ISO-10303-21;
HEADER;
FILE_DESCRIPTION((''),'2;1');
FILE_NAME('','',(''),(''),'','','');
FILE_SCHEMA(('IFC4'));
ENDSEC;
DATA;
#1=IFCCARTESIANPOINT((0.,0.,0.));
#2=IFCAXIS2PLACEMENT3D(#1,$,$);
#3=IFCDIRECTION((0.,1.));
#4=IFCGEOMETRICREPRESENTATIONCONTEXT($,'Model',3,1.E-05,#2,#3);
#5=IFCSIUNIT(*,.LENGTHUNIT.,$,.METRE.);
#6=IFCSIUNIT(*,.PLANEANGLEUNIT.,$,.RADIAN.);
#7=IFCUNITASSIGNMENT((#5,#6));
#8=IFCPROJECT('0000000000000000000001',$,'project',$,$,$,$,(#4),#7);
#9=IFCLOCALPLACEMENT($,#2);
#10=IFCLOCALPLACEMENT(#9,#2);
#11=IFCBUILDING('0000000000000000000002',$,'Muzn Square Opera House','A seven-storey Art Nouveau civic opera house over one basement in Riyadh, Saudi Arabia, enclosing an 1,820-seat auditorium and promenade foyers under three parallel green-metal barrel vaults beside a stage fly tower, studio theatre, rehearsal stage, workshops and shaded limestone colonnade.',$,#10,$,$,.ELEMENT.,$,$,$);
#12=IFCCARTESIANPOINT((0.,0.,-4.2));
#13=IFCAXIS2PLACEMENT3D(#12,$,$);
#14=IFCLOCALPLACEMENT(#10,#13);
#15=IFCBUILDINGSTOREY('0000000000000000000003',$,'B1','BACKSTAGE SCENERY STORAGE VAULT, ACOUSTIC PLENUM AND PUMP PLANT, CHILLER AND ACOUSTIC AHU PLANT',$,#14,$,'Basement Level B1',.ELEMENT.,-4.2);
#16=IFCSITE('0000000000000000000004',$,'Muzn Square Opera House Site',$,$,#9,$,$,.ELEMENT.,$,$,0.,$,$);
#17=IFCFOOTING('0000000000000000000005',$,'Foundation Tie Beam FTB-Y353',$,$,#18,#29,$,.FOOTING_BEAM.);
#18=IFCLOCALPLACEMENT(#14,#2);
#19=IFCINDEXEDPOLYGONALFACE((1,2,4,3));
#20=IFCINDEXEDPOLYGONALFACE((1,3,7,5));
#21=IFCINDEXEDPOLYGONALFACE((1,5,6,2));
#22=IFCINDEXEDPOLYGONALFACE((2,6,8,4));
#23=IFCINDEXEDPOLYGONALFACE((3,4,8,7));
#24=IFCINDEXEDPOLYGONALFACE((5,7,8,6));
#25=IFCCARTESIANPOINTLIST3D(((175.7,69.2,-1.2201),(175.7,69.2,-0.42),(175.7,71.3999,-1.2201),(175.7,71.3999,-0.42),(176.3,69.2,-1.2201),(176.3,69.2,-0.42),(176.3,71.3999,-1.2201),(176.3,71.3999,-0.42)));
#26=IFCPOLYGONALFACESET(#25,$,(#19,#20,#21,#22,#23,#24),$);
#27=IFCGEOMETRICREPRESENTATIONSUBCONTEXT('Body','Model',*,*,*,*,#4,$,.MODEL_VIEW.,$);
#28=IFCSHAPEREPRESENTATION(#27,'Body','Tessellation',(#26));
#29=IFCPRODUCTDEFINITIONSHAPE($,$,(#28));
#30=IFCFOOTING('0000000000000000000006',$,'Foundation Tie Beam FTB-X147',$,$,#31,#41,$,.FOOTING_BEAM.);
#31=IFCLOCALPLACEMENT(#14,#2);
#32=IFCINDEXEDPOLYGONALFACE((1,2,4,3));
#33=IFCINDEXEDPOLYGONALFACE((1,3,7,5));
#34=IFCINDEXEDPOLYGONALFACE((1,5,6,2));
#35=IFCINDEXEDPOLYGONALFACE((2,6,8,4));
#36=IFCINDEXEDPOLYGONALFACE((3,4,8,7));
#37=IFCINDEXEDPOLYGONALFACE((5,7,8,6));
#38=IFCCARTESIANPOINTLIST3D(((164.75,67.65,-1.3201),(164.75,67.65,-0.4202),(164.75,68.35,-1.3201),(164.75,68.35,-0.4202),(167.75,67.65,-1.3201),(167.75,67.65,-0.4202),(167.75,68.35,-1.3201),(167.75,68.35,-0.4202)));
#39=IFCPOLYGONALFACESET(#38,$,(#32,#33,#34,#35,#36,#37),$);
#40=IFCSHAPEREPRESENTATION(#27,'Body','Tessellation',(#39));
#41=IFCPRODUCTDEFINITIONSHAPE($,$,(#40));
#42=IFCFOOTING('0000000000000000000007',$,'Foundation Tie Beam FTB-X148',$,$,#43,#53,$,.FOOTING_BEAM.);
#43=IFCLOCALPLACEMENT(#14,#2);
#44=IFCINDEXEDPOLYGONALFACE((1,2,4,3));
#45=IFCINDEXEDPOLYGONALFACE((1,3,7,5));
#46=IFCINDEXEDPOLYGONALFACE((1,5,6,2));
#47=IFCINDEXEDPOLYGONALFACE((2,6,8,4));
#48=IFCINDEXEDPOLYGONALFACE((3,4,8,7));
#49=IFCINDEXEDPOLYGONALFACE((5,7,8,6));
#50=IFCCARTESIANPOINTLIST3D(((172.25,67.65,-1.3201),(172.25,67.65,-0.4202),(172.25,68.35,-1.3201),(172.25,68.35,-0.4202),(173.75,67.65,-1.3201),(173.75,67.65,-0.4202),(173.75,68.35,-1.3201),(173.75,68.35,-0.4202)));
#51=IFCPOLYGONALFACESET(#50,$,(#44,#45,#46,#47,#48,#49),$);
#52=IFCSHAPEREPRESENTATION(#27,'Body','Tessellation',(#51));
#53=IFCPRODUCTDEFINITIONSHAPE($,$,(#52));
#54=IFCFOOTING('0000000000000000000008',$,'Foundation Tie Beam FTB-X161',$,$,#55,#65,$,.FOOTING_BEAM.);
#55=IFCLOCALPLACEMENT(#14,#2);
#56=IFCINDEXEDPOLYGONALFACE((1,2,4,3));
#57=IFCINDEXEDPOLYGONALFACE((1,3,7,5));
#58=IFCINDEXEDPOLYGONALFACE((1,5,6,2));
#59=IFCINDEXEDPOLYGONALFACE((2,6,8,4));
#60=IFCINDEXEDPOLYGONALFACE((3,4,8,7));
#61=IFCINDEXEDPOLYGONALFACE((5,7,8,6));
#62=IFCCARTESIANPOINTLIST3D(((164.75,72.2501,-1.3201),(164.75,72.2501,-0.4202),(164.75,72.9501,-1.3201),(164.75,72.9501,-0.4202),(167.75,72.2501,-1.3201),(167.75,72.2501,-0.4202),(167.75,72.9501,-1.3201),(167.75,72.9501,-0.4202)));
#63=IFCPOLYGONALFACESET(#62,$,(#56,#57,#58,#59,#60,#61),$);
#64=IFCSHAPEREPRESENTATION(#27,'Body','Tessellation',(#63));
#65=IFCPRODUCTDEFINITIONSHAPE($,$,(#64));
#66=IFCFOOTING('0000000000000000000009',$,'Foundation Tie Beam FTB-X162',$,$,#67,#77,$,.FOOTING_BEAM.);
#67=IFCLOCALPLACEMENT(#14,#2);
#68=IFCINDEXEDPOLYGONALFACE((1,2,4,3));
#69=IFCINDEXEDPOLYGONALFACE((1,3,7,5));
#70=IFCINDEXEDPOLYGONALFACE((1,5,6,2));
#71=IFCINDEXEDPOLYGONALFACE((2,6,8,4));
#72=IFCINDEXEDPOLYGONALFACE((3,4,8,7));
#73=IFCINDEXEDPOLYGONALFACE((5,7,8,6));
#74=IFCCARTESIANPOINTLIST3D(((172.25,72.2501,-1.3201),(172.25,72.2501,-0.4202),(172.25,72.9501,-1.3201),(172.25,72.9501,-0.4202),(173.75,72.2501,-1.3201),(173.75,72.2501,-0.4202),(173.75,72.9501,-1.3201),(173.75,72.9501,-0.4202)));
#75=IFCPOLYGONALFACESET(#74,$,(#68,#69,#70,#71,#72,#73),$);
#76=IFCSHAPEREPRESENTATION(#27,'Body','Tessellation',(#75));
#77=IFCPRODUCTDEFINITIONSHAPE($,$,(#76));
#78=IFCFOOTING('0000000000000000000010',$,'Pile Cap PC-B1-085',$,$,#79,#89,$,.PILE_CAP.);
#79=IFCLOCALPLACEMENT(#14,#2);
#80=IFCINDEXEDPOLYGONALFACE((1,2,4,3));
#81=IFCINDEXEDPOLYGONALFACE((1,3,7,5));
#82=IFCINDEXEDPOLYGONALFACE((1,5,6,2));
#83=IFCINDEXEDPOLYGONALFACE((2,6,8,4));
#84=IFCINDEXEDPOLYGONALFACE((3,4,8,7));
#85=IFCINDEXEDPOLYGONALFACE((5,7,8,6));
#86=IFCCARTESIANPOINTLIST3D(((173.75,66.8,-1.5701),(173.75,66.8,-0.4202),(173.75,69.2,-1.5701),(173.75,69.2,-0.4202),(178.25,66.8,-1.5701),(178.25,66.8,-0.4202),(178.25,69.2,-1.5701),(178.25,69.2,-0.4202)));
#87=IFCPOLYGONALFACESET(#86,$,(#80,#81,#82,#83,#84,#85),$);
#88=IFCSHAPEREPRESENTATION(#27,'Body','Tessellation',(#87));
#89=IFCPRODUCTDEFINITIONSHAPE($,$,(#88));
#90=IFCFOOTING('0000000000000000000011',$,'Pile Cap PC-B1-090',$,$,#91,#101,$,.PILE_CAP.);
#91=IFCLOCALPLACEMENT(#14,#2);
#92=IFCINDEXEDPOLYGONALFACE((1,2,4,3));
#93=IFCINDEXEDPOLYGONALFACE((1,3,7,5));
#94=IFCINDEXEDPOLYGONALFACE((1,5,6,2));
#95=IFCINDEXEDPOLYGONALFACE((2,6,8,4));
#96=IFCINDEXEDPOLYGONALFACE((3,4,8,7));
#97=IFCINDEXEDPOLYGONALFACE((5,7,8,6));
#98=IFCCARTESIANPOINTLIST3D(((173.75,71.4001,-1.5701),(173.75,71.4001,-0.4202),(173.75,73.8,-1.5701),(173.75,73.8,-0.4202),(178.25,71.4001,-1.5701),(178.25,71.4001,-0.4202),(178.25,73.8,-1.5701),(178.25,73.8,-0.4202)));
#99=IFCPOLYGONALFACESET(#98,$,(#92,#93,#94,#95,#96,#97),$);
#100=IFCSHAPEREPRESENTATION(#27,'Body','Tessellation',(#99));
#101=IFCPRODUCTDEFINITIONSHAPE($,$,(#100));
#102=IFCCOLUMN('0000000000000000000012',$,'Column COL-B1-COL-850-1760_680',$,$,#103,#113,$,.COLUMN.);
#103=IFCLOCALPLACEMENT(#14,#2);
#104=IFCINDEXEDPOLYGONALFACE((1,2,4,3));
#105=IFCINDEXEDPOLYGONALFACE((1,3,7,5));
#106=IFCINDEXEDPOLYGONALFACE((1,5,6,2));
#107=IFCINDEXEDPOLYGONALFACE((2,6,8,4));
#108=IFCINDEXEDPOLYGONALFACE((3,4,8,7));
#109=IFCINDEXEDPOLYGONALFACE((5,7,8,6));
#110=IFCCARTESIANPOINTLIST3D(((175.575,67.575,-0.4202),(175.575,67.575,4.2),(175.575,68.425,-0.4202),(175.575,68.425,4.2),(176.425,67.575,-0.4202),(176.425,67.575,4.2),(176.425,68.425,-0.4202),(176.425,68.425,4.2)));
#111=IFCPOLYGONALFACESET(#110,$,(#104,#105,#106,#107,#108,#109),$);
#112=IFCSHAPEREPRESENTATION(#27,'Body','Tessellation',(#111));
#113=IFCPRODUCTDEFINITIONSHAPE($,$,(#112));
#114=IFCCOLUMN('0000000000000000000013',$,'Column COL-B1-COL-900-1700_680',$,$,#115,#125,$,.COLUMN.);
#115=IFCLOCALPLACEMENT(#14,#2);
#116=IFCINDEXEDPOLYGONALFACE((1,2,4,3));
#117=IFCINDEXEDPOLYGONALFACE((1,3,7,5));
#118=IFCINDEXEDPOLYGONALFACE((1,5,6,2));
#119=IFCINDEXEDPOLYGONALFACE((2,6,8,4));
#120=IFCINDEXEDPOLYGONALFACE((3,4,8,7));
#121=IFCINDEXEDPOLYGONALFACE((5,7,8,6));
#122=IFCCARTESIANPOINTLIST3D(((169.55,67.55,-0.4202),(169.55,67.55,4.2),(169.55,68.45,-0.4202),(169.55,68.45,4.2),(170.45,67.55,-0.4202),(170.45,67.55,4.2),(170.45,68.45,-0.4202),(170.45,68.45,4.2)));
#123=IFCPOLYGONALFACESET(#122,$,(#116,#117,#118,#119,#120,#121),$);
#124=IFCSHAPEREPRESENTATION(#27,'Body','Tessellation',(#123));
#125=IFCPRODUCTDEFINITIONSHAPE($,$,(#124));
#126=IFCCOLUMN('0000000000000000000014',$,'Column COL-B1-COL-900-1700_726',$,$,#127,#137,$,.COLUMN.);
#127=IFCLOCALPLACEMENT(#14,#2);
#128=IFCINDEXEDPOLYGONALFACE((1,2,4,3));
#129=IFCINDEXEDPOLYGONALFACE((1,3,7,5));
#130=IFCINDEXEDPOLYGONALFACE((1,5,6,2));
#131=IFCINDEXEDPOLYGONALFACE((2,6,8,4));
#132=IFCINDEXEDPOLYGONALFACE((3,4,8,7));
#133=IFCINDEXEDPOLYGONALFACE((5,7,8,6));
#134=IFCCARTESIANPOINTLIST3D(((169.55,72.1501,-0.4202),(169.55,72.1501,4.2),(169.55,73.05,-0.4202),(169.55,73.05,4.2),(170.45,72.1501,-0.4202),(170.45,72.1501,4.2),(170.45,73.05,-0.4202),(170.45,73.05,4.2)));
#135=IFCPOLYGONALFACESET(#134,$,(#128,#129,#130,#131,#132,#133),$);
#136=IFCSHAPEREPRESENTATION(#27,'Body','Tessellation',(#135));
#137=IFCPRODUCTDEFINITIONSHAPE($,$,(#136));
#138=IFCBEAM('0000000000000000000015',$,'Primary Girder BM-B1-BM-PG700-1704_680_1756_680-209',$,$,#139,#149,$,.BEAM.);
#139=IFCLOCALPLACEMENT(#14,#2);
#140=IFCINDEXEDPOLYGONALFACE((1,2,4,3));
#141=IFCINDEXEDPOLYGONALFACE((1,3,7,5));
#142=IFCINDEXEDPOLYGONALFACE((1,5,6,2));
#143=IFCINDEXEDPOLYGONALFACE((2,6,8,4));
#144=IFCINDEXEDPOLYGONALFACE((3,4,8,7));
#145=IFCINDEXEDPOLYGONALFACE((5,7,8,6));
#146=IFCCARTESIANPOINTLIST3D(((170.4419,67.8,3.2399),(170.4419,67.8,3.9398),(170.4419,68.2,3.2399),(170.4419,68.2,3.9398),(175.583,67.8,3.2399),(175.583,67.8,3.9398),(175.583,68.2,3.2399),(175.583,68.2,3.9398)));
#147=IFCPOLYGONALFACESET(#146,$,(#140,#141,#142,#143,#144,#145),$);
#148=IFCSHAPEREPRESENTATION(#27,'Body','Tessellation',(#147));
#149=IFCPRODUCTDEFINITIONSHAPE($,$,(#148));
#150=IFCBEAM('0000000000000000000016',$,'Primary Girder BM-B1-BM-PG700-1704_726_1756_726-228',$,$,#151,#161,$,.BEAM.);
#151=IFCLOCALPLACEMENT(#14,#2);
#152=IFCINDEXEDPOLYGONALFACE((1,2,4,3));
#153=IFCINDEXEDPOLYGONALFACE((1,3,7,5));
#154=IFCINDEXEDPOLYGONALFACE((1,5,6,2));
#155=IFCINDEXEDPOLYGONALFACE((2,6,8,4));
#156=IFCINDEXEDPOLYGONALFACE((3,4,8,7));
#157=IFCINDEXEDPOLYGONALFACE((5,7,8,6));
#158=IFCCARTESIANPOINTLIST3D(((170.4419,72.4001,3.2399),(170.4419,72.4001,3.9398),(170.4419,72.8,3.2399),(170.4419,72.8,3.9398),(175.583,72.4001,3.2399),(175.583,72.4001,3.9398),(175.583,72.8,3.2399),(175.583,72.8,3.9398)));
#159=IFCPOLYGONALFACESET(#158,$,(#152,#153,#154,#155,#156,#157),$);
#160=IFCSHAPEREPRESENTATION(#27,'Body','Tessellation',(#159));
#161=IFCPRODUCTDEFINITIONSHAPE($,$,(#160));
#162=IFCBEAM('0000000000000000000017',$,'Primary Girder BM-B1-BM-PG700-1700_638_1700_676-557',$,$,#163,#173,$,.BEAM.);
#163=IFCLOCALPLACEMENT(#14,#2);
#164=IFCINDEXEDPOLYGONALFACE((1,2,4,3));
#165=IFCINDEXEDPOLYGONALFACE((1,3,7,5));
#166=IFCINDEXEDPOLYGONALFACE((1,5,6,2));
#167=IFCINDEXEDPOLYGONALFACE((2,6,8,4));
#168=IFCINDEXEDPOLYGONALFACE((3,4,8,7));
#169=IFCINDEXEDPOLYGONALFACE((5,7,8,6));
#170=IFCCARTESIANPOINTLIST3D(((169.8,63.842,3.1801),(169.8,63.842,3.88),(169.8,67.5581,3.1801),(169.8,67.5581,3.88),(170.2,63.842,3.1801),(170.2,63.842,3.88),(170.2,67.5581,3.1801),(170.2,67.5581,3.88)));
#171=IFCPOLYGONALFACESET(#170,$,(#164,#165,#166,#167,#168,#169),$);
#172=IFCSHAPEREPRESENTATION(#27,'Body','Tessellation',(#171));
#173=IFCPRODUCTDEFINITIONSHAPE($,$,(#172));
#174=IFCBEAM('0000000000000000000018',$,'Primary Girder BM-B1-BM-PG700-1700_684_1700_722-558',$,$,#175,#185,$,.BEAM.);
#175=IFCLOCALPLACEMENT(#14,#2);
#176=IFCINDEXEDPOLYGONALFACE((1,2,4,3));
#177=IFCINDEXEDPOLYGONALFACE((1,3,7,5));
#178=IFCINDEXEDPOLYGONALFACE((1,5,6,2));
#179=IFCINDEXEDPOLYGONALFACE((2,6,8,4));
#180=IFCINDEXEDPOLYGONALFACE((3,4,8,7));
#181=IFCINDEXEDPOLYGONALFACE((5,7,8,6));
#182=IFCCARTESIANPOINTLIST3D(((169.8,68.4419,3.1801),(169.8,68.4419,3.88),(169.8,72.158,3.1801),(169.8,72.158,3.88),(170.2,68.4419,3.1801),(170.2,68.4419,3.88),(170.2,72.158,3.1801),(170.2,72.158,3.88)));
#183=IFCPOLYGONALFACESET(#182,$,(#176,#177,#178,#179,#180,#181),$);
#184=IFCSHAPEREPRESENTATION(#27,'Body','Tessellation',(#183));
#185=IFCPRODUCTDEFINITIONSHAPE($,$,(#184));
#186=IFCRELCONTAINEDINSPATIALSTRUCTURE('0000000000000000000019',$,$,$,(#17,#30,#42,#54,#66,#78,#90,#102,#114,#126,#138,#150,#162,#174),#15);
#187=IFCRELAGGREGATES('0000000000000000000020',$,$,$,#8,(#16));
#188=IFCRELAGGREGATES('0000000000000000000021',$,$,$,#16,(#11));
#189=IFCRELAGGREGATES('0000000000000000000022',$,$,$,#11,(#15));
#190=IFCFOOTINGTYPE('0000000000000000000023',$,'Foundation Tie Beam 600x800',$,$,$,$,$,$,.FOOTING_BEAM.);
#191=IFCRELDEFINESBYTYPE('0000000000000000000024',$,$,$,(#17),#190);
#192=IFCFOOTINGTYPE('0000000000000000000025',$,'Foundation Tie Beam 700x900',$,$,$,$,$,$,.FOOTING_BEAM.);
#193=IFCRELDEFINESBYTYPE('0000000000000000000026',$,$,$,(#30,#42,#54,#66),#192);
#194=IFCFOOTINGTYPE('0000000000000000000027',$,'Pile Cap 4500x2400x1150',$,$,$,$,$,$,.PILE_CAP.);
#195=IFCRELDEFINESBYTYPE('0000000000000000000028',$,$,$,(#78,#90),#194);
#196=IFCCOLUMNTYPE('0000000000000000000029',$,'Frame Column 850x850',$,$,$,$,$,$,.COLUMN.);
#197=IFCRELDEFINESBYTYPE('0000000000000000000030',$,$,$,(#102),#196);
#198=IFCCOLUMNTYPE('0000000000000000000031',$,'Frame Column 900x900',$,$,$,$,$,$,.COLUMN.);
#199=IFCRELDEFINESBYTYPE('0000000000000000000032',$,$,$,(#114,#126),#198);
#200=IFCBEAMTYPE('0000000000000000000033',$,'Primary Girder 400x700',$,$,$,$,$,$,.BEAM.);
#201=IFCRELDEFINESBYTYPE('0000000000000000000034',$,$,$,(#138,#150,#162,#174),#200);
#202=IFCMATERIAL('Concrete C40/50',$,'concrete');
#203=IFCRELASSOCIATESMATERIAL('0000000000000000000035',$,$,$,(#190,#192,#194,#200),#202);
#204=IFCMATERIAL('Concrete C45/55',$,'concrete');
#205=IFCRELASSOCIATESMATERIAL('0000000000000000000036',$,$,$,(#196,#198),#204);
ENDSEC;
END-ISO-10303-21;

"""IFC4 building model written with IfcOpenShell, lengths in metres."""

from ifc_helpers import new_model, si_unit, direction, frame, origin, origin_2d, place, context, subcontext, project, spatial, rectangle, extrude, material, material_profile, profile_set, type_object, element, save


model = new_model("IFC4")

# Units and contexts
model_context = context("Model", 3, precision=1e-05, world=origin(), true_north=direction((0.0, 1.0)))
body_context = subcontext(model_context, "Body", "Model", "MODEL_VIEW")
ifc_project = project(units=[si_unit("LENGTHUNIT", "METRE"), si_unit("PLANEANGLEUNIT", "RADIAN")], contexts=[model_context])

# Site, building, storey
site_placement = place(None, origin())
site = spatial("IfcSite", under=ifc_project, at=site_placement, Name="Muzn Square Opera House Site", CompositionType="ELEMENT", RefElevation=0.0)
building_placement = place(site_placement, origin())
building = spatial("IfcBuilding", under=site, at=building_placement, Name="Muzn Square Opera House", Description="A seven-storey Art Nouveau civic opera house over one basement in Riyadh, Saudi Arabia, enclosing an 1,820-seat auditorium and promenade foyers under three parallel green-metal barrel vaults beside a stage fly tower, studio theatre, rehearsal stage, workshops and shaded limestone colonnade.", CompositionType="ELEMENT")
storey_placement = place(building_placement, frame((0.0, 0.0, -4.2)))
storey = spatial("IfcBuildingStorey", under=building, at=storey_placement, Name="B1", Description="BACKSTAGE SCENERY STORAGE VAULT, ACOUSTIC PLENUM AND PUMP PLANT, CHILLER AND ACOUSTIC AHU PLANT", LongName="Basement Level B1", CompositionType="ELEMENT", Elevation=-4.2)

# Shared definitions
ifc_material_1 = material(Name="Concrete C40/50", Category="concrete")

# Footings
ifc_material_profile_1 = material_profile(ifc_material_1, rectangle(XDim=0.6001, YDim=0.8, at=origin_2d()), Name="RCTB 600x800", Category="concrete")
ifc_profile_set_1 = profile_set([ifc_material_profile_1], Name="Concrete C40/50")
footing_type_1 = type_object("IfcFootingType", Name="Foundation Tie Beam 600x800", PredefinedType="FOOTING_BEAM", material=ifc_profile_set_1)
for number, where, z_axis, x_axis, name in (
    (1, (176.0, 69.2, -0.8201), (0.0, 1.0, 0.0), (-1.0, 0.0, 0.0), "Foundation Tie Beam FTB-Y353"),
):
    element("IfcFooting", number, at=place(storey_placement, frame(where, z_axis=z_axis, x_axis=x_axis)), inside=storey, type_object=footing_type_1, Name=name, PredefinedType="FOOTING_BEAM", context=body_context, shape_type="SweptSolid", body=[
        extrude(rectangle(XDim=0.6001, YDim=0.8, at=origin_2d()), origin(), (0.0, 0.0, 1.0), 2.2),
    ])
ifc_material_profile_2 = material_profile(ifc_material_1, rectangle(XDim=0.7, YDim=0.8999, at=origin_2d()), Name="RCTB 700x900", Category="concrete")
ifc_profile_set_2 = profile_set([ifc_material_profile_2], Name="Concrete C40/50")
footing_type_2 = type_object("IfcFootingType", Name="Foundation Tie Beam 700x900", PredefinedType="FOOTING_BEAM", material=ifc_profile_set_2)
footing_1_placement = place(storey_placement, frame((164.75, 68.0, -0.8701), z_axis=(1.0, 0.0, 0.0), x_axis=(0.0, 1.0, 0.0)))
element("IfcFooting", 2, at=footing_1_placement, inside=storey, type_object=footing_type_2, Name="Foundation Tie Beam FTB-X147", PredefinedType="FOOTING_BEAM", context=body_context, shape_type="SweptSolid", body=[
    extrude(rectangle(XDim=0.7, YDim=0.8999, at=origin_2d()), origin(), (0.0, 0.0, 1.0), 3.0),
])
footing_2_placement = place(storey_placement, frame((172.25, 68.0, -0.8701), z_axis=(1.0, 0.0, 0.0), x_axis=(0.0, 1.0, 0.0)))
element("IfcFooting", 3, at=footing_2_placement, inside=storey, type_object=footing_type_2, Name="Foundation Tie Beam FTB-X148", PredefinedType="FOOTING_BEAM", context=body_context, shape_type="SweptSolid", body=[
    extrude(rectangle(XDim=0.7, YDim=0.8999, at=origin_2d()), origin(), (0.0, 0.0, 1.0), 1.5),
])
footing_3_placement = place(storey_placement, frame((164.75, 72.6001, -0.8701), z_axis=(1.0, 0.0, 0.0), x_axis=(0.0, 1.0, 0.0)))
element("IfcFooting", 4, at=footing_3_placement, inside=storey, type_object=footing_type_2, Name="Foundation Tie Beam FTB-X161", PredefinedType="FOOTING_BEAM", context=body_context, shape_type="SweptSolid", body=[
    extrude(rectangle(XDim=0.7, YDim=0.8999, at=origin_2d()), origin(), (0.0, 0.0, 1.0), 3.0),
])
footing_4_placement = place(storey_placement, frame((172.25, 72.6001, -0.8701), z_axis=(1.0, 0.0, 0.0), x_axis=(0.0, 1.0, 0.0)))
element("IfcFooting", 5, at=footing_4_placement, inside=storey, type_object=footing_type_2, Name="Foundation Tie Beam FTB-X162", PredefinedType="FOOTING_BEAM", context=body_context, shape_type="SweptSolid", body=[
    extrude(rectangle(XDim=0.7, YDim=0.8999, at=origin_2d()), origin(), (0.0, 0.0, 1.0), 1.5),
])
footing_type_3 = type_object("IfcFootingType", Name="Pile Cap 4500x2400x1150", PredefinedType="PILE_CAP", material=ifc_material_1)
for number, where, z_axis, x_axis, name in (
    (6, (176.0, 68.0, -1.5701), (0.0, 0.0, 1.0), (1.0, 0.0, 0.0), "Pile Cap PC-B1-085"),
    (7, (176.0, 72.6001, -1.5701), (0.0, 0.0, 1.0), (1.0, 0.0, 0.0), "Pile Cap PC-B1-090"),
):
    element("IfcFooting", number, at=place(storey_placement, frame(where, z_axis=z_axis, x_axis=x_axis)), inside=storey, type_object=footing_type_3, Name=name, PredefinedType="PILE_CAP", context=body_context, shape_type="SweptSolid", body=[
        extrude(rectangle(XDim=4.5, YDim=2.3999, at=origin_2d()), origin(), (0.0, 0.0, 1.0), 1.1499),
    ])

# Columns
ifc_material_2 = material(Name="Concrete C45/55", Category="concrete")
ifc_material_profile_3 = material_profile(ifc_material_2, rectangle(XDim=0.8501, YDim=0.8501, at=origin_2d()), Name="RC 850x850", Category="concrete")
ifc_profile_set_3 = profile_set([ifc_material_profile_3], Name="Concrete C45/55")
column_type_1 = type_object("IfcColumnType", Name="Frame Column 850x850", PredefinedType="COLUMN", material=ifc_profile_set_3)
column_placement = place(storey_placement, frame((176.0, 68.0, -0.4202), z_axis=(0.0, 0.0, 1.0), x_axis=(1.0, 0.0, 0.0)))
element("IfcColumn", 8, at=column_placement, inside=storey, type_object=column_type_1, Name="Column COL-B1-COL-850-1760_680", PredefinedType="COLUMN", context=body_context, shape_type="SweptSolid", body=[
    extrude(rectangle(XDim=0.8501, YDim=0.8501, at=origin_2d()), origin(), (0.0, 0.0, 1.0), 4.6201),
])
ifc_material_profile_4 = material_profile(ifc_material_2, rectangle(XDim=0.8999, YDim=0.8999, at=origin_2d()), Name="RC 900x900", Category="concrete")
ifc_profile_set_4 = profile_set([ifc_material_profile_4], Name="Concrete C45/55")
column_type_2 = type_object("IfcColumnType", Name="Frame Column 900x900", PredefinedType="COLUMN", material=ifc_profile_set_4)
for number, where, z_axis, x_axis, name in (
    (9, (170.0, 68.0, -0.4202), (0.0, 0.0, 1.0), (1.0, 0.0, 0.0), "Column COL-B1-COL-900-1700_680"),
    (10, (170.0, 72.6001, -0.4202), (0.0, 0.0, 1.0), (1.0, 0.0, 0.0), "Column COL-B1-COL-900-1700_726"),
):
    element("IfcColumn", number, at=place(storey_placement, frame(where, z_axis=z_axis, x_axis=x_axis)), inside=storey, type_object=column_type_2, Name=name, PredefinedType="COLUMN", context=body_context, shape_type="SweptSolid", body=[
        extrude(rectangle(XDim=0.8999, YDim=0.8999, at=origin_2d()), origin(), (0.0, 0.0, 1.0), 4.6201),
    ])

# Beams
ifc_material_profile_5 = material_profile(ifc_material_1, rectangle(XDim=0.3999, YDim=0.7, at=origin_2d()), Name="RCB 400x700", Category="concrete")
ifc_profile_set_5 = profile_set([ifc_material_profile_5], Name="Concrete C40/50")
beam_type_1 = type_object("IfcBeamType", Name="Primary Girder 400x700", PredefinedType="BEAM", material=ifc_profile_set_5)
for number, where, z_axis, x_axis, name in (
    (11, (170.4419, 68.0, 3.5898), (1.0, 0.0, 0.0), (0.0, 1.0, 0.0), "Primary Girder BM-B1-BM-PG700-1704_680_1756_680-209"),
    (12, (170.4419, 72.6001, 3.5898), (1.0, 0.0, 0.0), (0.0, 1.0, 0.0), "Primary Girder BM-B1-BM-PG700-1704_726_1756_726-228"),
):
    element("IfcBeam", number, at=place(storey_placement, frame(where, z_axis=z_axis, x_axis=x_axis)), inside=storey, type_object=beam_type_1, Name=name, PredefinedType="BEAM", context=body_context, shape_type="SweptSolid", body=[
        extrude(rectangle(XDim=0.3999, YDim=0.7, at=origin_2d()), origin(), (0.0, 0.0, 1.0), 5.1411),
    ])
for number, where, z_axis, x_axis, name in (
    (13, (170.0, 63.842, 3.53), (0.0, 1.0, 0.0), (-1.0, 0.0, 0.0), "Primary Girder BM-B1-BM-PG700-1700_638_1700_676-557"),
    (14, (170.0, 68.4419, 3.53), (0.0, 1.0, 0.0), (-1.0, 0.0, 0.0), "Primary Girder BM-B1-BM-PG700-1700_684_1700_722-558"),
):
    element("IfcBeam", number, at=place(storey_placement, frame(where, z_axis=z_axis, x_axis=x_axis)), inside=storey, type_object=beam_type_1, Name=name, PredefinedType="BEAM", context=body_context, shape_type="SweptSolid", body=[
        extrude(rectangle(XDim=0.3999, YDim=0.7, at=origin_2d()), origin(), (0.0, 0.0, 1.0), 3.7161),
    ])

save(model, "model.ifc")
